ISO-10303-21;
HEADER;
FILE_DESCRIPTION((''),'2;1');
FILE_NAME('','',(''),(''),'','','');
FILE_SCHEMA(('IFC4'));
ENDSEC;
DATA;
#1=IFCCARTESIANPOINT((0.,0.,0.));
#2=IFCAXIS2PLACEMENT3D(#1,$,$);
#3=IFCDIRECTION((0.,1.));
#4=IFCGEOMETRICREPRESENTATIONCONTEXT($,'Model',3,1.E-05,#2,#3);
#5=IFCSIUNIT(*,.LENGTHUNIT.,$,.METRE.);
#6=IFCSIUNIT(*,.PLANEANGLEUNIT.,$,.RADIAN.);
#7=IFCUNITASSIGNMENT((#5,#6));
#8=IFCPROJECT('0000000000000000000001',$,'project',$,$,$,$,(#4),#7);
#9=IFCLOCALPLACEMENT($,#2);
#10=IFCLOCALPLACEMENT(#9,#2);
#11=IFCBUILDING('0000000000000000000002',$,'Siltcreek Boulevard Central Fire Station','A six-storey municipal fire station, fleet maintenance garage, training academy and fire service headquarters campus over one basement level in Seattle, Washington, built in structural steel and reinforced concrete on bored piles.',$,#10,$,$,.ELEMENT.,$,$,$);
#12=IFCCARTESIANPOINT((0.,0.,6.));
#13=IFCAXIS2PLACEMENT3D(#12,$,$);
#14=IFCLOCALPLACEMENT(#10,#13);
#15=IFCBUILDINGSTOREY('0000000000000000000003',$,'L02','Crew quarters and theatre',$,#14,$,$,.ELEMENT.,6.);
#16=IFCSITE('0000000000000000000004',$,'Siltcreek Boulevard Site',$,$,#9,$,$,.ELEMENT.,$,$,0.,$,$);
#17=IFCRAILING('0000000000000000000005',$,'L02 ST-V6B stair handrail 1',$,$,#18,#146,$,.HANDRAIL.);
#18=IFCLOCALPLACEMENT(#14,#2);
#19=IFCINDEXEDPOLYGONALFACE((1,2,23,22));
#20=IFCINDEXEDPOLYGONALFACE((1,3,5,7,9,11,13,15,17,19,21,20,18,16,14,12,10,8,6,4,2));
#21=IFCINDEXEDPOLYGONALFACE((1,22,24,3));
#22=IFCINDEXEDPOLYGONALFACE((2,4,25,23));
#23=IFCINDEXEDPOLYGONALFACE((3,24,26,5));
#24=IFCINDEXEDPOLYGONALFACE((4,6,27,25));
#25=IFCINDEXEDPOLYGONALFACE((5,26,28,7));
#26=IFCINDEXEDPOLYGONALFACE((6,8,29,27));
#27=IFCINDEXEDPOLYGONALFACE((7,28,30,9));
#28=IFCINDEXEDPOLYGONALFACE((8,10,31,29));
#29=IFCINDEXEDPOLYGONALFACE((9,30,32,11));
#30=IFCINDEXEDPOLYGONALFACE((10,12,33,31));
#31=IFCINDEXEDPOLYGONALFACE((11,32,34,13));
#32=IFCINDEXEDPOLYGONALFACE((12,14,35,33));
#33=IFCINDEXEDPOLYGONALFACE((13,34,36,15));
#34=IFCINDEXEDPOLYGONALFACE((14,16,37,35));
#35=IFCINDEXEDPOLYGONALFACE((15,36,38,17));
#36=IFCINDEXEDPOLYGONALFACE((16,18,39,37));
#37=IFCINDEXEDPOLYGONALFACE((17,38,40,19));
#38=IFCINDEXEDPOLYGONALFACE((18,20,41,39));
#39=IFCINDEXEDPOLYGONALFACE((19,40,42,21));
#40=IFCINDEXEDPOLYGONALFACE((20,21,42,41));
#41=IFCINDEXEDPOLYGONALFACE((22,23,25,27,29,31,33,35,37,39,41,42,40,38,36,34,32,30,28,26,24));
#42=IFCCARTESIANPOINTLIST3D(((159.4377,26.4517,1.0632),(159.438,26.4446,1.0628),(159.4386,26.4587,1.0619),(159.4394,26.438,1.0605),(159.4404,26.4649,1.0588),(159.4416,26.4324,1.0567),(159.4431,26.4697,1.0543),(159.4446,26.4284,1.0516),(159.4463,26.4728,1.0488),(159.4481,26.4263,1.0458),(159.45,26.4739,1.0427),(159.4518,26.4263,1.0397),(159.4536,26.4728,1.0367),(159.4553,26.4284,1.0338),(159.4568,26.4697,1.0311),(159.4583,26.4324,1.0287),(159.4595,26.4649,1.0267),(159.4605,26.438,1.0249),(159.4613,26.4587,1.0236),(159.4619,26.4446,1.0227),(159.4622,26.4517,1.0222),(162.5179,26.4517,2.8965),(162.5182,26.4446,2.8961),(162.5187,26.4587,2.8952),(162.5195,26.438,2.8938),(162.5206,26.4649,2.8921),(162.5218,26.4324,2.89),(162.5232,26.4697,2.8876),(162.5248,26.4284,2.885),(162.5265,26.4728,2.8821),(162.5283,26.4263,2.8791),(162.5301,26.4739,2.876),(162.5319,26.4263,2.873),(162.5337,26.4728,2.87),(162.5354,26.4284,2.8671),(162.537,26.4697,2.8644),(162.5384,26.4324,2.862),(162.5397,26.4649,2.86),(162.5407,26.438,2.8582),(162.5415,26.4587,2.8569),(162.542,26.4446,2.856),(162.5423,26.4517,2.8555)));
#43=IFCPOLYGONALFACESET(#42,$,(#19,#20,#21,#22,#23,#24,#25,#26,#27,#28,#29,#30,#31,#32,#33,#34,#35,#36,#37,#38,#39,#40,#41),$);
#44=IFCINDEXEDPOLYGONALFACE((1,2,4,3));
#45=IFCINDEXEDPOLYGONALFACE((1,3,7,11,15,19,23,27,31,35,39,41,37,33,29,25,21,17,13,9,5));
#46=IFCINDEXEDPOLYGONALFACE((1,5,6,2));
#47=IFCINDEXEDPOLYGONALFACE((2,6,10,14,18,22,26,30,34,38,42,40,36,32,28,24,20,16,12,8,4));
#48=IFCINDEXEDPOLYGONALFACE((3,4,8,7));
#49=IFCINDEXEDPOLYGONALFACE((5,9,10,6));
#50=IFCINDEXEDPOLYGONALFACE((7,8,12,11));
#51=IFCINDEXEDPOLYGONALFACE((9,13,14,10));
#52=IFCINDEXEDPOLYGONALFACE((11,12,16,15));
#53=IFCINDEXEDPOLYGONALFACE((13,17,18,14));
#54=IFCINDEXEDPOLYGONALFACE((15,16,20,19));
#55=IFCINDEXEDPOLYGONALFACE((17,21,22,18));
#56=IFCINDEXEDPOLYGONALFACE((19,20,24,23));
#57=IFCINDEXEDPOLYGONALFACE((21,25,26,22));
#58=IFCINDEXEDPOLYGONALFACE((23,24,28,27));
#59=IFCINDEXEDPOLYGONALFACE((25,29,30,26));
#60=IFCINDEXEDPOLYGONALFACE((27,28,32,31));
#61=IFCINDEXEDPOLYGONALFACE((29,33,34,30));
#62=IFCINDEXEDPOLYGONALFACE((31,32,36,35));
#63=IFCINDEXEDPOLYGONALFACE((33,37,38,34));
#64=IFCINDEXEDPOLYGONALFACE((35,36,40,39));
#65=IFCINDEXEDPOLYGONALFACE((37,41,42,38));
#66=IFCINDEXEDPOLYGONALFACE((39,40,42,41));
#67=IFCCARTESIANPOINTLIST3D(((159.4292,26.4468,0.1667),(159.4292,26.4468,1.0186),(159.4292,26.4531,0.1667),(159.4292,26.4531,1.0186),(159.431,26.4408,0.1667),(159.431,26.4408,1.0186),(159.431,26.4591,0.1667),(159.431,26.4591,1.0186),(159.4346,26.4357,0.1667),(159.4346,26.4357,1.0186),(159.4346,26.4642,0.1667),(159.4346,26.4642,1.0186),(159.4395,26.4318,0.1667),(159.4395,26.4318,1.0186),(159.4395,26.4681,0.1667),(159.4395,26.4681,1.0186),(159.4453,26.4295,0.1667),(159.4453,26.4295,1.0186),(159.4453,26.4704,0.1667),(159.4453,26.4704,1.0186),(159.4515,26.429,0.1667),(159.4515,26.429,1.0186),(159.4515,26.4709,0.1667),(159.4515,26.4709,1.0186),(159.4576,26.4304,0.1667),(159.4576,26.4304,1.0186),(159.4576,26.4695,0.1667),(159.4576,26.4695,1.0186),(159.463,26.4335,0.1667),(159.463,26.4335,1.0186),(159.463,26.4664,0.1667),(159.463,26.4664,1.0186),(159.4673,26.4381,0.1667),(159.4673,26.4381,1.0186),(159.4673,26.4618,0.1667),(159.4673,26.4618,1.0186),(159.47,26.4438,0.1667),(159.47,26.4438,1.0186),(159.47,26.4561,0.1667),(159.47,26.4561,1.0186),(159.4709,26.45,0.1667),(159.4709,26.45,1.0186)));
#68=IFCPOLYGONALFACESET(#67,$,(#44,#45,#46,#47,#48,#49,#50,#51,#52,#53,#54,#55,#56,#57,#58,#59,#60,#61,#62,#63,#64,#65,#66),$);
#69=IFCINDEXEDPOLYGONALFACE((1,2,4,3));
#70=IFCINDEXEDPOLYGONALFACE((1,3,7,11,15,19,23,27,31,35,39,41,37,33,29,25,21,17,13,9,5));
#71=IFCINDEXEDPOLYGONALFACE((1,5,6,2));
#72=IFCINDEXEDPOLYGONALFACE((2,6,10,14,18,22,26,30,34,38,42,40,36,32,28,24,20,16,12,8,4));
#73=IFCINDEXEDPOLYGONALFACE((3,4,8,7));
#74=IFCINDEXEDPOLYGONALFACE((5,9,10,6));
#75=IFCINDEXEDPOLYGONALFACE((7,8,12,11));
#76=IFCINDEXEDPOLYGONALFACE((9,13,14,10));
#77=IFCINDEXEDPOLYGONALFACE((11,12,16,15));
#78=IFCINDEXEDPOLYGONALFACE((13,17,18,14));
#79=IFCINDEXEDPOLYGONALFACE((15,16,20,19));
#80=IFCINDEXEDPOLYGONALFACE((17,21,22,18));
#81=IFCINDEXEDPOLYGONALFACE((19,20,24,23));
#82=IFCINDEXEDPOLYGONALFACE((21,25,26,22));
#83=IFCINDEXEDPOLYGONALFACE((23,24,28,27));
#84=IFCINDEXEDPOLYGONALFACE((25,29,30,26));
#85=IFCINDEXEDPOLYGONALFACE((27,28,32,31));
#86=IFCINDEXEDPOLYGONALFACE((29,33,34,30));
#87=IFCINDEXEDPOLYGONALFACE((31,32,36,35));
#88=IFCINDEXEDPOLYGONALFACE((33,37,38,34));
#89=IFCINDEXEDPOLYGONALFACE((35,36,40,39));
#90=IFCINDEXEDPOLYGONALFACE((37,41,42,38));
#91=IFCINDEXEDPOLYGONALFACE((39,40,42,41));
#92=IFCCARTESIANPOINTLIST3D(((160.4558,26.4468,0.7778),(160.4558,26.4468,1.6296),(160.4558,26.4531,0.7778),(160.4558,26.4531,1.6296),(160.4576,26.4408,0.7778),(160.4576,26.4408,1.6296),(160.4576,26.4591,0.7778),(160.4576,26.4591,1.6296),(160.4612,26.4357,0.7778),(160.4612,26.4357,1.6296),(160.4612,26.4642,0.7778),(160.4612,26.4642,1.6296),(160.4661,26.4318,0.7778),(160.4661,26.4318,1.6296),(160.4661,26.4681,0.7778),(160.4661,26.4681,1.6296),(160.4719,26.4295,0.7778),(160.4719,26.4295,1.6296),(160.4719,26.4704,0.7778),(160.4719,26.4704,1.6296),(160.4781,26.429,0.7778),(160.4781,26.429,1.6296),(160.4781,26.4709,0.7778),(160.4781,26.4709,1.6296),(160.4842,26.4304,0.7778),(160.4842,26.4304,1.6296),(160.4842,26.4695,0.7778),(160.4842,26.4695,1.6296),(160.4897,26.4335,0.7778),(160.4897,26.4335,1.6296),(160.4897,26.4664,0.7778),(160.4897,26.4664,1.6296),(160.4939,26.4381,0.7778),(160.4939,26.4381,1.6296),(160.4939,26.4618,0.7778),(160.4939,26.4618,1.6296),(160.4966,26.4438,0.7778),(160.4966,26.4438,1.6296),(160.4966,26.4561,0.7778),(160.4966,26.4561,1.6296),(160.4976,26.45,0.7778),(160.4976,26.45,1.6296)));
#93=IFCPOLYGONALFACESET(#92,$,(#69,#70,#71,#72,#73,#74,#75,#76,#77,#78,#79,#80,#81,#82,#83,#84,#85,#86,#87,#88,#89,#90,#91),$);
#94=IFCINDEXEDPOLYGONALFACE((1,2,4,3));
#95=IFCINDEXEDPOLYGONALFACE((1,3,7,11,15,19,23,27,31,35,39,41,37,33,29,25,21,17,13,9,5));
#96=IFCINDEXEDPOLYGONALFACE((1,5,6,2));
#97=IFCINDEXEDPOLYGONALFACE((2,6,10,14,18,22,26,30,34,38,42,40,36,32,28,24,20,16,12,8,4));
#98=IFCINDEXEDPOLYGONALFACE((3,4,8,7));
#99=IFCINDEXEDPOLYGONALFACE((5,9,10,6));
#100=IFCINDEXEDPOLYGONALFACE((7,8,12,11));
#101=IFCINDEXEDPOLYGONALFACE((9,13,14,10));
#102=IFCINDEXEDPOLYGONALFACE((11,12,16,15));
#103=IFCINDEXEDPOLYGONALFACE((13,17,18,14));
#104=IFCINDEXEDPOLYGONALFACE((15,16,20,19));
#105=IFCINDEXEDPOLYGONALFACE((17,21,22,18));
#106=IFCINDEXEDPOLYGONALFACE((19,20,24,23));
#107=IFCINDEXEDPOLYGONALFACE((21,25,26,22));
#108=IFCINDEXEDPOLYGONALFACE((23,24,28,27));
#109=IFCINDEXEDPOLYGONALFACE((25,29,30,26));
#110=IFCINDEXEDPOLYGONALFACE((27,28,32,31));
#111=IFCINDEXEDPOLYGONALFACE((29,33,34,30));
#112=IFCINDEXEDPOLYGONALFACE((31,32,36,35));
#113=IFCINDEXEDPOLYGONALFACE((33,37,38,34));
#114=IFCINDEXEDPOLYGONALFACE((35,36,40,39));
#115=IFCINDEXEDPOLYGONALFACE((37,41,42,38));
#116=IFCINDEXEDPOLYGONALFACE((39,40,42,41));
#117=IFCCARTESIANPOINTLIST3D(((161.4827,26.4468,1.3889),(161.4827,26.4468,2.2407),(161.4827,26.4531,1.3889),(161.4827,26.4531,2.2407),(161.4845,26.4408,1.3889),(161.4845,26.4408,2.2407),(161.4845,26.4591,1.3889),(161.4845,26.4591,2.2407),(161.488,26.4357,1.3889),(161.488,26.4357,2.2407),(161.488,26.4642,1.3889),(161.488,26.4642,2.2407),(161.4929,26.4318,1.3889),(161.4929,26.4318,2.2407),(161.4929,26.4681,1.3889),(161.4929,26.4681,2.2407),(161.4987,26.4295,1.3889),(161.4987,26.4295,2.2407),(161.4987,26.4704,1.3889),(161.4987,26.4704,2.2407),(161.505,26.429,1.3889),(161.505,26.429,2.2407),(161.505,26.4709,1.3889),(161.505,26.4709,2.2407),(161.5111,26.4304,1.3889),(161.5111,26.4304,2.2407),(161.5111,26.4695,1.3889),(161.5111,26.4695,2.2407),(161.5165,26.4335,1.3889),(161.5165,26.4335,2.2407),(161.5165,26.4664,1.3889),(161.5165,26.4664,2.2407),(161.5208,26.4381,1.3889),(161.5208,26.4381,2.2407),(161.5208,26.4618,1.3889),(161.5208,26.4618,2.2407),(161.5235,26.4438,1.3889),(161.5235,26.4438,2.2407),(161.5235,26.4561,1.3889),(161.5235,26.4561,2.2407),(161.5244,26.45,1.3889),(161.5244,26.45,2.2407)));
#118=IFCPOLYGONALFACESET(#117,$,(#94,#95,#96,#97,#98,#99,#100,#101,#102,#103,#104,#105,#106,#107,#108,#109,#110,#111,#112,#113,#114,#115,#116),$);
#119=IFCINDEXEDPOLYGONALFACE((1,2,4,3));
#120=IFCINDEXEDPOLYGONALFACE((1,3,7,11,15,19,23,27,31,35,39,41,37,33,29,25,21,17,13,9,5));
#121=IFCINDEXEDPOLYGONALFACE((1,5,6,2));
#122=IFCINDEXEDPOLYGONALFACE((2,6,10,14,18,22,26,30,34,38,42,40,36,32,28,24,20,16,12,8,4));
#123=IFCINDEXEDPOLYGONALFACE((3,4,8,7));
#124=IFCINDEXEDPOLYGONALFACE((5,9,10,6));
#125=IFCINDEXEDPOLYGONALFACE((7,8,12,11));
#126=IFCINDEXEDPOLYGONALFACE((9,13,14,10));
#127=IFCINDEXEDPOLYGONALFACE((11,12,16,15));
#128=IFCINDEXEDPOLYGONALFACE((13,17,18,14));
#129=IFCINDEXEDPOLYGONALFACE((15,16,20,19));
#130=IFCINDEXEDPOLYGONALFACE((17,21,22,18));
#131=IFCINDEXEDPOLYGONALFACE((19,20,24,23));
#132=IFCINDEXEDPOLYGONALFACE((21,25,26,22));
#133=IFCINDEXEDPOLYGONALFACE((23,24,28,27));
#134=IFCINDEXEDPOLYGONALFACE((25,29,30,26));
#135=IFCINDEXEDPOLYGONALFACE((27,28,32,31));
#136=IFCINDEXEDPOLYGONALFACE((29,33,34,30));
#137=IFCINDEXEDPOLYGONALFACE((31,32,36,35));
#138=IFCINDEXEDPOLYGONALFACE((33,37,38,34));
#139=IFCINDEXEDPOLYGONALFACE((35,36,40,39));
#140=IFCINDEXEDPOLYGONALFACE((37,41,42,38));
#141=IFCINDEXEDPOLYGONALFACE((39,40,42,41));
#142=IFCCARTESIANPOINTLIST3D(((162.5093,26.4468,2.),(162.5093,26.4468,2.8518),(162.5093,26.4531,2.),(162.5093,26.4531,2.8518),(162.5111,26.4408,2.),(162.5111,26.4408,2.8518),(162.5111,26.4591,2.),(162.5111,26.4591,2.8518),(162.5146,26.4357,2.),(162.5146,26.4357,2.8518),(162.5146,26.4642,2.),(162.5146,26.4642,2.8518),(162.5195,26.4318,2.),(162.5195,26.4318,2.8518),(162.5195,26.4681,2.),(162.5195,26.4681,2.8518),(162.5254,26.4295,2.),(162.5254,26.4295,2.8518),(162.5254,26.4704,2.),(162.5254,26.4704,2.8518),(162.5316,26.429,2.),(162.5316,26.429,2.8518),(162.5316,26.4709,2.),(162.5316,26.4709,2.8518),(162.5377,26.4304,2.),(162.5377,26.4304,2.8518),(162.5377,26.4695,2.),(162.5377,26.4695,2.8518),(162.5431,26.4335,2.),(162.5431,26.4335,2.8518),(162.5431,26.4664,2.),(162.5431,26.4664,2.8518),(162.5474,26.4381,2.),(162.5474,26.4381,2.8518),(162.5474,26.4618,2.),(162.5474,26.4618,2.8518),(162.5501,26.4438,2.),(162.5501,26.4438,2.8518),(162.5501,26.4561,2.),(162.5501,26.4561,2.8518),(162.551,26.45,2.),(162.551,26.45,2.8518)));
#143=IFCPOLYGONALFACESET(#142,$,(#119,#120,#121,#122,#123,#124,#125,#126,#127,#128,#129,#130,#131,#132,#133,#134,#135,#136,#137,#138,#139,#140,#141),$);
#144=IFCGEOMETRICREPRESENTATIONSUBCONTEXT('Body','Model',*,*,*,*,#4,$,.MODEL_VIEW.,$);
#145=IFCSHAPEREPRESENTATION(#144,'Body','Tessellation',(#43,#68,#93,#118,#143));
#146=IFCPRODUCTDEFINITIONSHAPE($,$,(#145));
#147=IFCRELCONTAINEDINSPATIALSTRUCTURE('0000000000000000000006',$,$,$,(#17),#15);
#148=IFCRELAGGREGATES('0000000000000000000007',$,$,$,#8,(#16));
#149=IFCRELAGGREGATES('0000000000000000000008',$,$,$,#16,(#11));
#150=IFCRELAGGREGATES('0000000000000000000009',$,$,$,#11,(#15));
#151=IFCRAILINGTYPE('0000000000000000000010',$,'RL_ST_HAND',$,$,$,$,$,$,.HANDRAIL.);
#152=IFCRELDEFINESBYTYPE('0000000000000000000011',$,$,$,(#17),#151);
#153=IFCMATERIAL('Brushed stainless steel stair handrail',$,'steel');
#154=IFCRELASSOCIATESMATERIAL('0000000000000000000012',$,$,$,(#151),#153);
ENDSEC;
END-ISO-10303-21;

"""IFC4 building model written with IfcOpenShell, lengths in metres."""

from ifc_helpers import new_model, si_unit, direction, frame, origin, origin_2d, place, context, subcontext, project, spatial, circle, extrude, material, type_object, element, save


model = new_model("IFC4")

# Units and contexts
model_context = context("Model", 3, precision=1e-05, world=origin(), true_north=direction((0.0, 1.0)))
body_context = subcontext(model_context, "Body", "Model", "MODEL_VIEW")
ifc_project = project(units=[si_unit("LENGTHUNIT", "METRE"), si_unit("PLANEANGLEUNIT", "RADIAN")], contexts=[model_context])

# Site, building, storey
site_placement = place(None, origin())
site = spatial("IfcSite", under=ifc_project, at=site_placement, Name="Siltcreek Boulevard Site", CompositionType="ELEMENT", RefElevation=0.0)
building_placement = place(site_placement, origin())
building = spatial("IfcBuilding", under=site, at=building_placement, Name="Siltcreek Boulevard Central Fire Station", Description="A six-storey municipal fire station, fleet maintenance garage, training academy and fire service headquarters campus over one basement level in Seattle, Washington, built in structural steel and reinforced concrete on bored piles.", CompositionType="ELEMENT")
storey_placement = place(building_placement, frame((0.0, 0.0, 6.0)))
storey = spatial("IfcBuildingStorey", under=building, at=storey_placement, Name="L02", Description="Crew quarters and theatre", CompositionType="ELEMENT", Elevation=6.0)

# Railing
ifc_material_1 = material(Name="Brushed stainless steel stair handrail", Category="steel")
railing_type_1 = type_object("IfcRailingType", Name="RL_ST_HAND", PredefinedType="HANDRAIL", material=ifc_material_1)
railing_1_placement = place(storey_placement, frame((159.45, 26.45, 0.1667)))
element("IfcRailing", 1, at=railing_1_placement, inside=storey, type_object=railing_type_1, Name="L02 ST-V6B stair handrail 1", PredefinedType="HANDRAIL", context=body_context, shape_type="SweptSolid", body=[
    extrude(circle(Radius=0.0239, at=origin_2d()), frame((0.0, 0.0, 0.876), z_axis=(0.859309, 0.0, 0.511458), x_axis=(0.0, 1.0, 0.0)), (0.0, 0.0, 1.0), 3.5845),
    extrude(circle(Radius=0.021, at=origin_2d()), origin(), (0.0, 0.0, 1.0), 0.8518),
    extrude(circle(Radius=0.021, at=origin_2d()), frame((1.0266, 0.0, 0.6111)), (0.0, 0.0, 1.0), 0.8518),
    extrude(circle(Radius=0.021, at=origin_2d()), frame((2.0535, 0.0, 1.2222)), (0.0, 0.0, 1.0), 0.8518),
    extrude(circle(Radius=0.021, at=origin_2d()), frame((3.0801, 0.0, 1.8333)), (0.0, 0.0, 1.0), 0.8518),
])

save(model, "model.ifc")
